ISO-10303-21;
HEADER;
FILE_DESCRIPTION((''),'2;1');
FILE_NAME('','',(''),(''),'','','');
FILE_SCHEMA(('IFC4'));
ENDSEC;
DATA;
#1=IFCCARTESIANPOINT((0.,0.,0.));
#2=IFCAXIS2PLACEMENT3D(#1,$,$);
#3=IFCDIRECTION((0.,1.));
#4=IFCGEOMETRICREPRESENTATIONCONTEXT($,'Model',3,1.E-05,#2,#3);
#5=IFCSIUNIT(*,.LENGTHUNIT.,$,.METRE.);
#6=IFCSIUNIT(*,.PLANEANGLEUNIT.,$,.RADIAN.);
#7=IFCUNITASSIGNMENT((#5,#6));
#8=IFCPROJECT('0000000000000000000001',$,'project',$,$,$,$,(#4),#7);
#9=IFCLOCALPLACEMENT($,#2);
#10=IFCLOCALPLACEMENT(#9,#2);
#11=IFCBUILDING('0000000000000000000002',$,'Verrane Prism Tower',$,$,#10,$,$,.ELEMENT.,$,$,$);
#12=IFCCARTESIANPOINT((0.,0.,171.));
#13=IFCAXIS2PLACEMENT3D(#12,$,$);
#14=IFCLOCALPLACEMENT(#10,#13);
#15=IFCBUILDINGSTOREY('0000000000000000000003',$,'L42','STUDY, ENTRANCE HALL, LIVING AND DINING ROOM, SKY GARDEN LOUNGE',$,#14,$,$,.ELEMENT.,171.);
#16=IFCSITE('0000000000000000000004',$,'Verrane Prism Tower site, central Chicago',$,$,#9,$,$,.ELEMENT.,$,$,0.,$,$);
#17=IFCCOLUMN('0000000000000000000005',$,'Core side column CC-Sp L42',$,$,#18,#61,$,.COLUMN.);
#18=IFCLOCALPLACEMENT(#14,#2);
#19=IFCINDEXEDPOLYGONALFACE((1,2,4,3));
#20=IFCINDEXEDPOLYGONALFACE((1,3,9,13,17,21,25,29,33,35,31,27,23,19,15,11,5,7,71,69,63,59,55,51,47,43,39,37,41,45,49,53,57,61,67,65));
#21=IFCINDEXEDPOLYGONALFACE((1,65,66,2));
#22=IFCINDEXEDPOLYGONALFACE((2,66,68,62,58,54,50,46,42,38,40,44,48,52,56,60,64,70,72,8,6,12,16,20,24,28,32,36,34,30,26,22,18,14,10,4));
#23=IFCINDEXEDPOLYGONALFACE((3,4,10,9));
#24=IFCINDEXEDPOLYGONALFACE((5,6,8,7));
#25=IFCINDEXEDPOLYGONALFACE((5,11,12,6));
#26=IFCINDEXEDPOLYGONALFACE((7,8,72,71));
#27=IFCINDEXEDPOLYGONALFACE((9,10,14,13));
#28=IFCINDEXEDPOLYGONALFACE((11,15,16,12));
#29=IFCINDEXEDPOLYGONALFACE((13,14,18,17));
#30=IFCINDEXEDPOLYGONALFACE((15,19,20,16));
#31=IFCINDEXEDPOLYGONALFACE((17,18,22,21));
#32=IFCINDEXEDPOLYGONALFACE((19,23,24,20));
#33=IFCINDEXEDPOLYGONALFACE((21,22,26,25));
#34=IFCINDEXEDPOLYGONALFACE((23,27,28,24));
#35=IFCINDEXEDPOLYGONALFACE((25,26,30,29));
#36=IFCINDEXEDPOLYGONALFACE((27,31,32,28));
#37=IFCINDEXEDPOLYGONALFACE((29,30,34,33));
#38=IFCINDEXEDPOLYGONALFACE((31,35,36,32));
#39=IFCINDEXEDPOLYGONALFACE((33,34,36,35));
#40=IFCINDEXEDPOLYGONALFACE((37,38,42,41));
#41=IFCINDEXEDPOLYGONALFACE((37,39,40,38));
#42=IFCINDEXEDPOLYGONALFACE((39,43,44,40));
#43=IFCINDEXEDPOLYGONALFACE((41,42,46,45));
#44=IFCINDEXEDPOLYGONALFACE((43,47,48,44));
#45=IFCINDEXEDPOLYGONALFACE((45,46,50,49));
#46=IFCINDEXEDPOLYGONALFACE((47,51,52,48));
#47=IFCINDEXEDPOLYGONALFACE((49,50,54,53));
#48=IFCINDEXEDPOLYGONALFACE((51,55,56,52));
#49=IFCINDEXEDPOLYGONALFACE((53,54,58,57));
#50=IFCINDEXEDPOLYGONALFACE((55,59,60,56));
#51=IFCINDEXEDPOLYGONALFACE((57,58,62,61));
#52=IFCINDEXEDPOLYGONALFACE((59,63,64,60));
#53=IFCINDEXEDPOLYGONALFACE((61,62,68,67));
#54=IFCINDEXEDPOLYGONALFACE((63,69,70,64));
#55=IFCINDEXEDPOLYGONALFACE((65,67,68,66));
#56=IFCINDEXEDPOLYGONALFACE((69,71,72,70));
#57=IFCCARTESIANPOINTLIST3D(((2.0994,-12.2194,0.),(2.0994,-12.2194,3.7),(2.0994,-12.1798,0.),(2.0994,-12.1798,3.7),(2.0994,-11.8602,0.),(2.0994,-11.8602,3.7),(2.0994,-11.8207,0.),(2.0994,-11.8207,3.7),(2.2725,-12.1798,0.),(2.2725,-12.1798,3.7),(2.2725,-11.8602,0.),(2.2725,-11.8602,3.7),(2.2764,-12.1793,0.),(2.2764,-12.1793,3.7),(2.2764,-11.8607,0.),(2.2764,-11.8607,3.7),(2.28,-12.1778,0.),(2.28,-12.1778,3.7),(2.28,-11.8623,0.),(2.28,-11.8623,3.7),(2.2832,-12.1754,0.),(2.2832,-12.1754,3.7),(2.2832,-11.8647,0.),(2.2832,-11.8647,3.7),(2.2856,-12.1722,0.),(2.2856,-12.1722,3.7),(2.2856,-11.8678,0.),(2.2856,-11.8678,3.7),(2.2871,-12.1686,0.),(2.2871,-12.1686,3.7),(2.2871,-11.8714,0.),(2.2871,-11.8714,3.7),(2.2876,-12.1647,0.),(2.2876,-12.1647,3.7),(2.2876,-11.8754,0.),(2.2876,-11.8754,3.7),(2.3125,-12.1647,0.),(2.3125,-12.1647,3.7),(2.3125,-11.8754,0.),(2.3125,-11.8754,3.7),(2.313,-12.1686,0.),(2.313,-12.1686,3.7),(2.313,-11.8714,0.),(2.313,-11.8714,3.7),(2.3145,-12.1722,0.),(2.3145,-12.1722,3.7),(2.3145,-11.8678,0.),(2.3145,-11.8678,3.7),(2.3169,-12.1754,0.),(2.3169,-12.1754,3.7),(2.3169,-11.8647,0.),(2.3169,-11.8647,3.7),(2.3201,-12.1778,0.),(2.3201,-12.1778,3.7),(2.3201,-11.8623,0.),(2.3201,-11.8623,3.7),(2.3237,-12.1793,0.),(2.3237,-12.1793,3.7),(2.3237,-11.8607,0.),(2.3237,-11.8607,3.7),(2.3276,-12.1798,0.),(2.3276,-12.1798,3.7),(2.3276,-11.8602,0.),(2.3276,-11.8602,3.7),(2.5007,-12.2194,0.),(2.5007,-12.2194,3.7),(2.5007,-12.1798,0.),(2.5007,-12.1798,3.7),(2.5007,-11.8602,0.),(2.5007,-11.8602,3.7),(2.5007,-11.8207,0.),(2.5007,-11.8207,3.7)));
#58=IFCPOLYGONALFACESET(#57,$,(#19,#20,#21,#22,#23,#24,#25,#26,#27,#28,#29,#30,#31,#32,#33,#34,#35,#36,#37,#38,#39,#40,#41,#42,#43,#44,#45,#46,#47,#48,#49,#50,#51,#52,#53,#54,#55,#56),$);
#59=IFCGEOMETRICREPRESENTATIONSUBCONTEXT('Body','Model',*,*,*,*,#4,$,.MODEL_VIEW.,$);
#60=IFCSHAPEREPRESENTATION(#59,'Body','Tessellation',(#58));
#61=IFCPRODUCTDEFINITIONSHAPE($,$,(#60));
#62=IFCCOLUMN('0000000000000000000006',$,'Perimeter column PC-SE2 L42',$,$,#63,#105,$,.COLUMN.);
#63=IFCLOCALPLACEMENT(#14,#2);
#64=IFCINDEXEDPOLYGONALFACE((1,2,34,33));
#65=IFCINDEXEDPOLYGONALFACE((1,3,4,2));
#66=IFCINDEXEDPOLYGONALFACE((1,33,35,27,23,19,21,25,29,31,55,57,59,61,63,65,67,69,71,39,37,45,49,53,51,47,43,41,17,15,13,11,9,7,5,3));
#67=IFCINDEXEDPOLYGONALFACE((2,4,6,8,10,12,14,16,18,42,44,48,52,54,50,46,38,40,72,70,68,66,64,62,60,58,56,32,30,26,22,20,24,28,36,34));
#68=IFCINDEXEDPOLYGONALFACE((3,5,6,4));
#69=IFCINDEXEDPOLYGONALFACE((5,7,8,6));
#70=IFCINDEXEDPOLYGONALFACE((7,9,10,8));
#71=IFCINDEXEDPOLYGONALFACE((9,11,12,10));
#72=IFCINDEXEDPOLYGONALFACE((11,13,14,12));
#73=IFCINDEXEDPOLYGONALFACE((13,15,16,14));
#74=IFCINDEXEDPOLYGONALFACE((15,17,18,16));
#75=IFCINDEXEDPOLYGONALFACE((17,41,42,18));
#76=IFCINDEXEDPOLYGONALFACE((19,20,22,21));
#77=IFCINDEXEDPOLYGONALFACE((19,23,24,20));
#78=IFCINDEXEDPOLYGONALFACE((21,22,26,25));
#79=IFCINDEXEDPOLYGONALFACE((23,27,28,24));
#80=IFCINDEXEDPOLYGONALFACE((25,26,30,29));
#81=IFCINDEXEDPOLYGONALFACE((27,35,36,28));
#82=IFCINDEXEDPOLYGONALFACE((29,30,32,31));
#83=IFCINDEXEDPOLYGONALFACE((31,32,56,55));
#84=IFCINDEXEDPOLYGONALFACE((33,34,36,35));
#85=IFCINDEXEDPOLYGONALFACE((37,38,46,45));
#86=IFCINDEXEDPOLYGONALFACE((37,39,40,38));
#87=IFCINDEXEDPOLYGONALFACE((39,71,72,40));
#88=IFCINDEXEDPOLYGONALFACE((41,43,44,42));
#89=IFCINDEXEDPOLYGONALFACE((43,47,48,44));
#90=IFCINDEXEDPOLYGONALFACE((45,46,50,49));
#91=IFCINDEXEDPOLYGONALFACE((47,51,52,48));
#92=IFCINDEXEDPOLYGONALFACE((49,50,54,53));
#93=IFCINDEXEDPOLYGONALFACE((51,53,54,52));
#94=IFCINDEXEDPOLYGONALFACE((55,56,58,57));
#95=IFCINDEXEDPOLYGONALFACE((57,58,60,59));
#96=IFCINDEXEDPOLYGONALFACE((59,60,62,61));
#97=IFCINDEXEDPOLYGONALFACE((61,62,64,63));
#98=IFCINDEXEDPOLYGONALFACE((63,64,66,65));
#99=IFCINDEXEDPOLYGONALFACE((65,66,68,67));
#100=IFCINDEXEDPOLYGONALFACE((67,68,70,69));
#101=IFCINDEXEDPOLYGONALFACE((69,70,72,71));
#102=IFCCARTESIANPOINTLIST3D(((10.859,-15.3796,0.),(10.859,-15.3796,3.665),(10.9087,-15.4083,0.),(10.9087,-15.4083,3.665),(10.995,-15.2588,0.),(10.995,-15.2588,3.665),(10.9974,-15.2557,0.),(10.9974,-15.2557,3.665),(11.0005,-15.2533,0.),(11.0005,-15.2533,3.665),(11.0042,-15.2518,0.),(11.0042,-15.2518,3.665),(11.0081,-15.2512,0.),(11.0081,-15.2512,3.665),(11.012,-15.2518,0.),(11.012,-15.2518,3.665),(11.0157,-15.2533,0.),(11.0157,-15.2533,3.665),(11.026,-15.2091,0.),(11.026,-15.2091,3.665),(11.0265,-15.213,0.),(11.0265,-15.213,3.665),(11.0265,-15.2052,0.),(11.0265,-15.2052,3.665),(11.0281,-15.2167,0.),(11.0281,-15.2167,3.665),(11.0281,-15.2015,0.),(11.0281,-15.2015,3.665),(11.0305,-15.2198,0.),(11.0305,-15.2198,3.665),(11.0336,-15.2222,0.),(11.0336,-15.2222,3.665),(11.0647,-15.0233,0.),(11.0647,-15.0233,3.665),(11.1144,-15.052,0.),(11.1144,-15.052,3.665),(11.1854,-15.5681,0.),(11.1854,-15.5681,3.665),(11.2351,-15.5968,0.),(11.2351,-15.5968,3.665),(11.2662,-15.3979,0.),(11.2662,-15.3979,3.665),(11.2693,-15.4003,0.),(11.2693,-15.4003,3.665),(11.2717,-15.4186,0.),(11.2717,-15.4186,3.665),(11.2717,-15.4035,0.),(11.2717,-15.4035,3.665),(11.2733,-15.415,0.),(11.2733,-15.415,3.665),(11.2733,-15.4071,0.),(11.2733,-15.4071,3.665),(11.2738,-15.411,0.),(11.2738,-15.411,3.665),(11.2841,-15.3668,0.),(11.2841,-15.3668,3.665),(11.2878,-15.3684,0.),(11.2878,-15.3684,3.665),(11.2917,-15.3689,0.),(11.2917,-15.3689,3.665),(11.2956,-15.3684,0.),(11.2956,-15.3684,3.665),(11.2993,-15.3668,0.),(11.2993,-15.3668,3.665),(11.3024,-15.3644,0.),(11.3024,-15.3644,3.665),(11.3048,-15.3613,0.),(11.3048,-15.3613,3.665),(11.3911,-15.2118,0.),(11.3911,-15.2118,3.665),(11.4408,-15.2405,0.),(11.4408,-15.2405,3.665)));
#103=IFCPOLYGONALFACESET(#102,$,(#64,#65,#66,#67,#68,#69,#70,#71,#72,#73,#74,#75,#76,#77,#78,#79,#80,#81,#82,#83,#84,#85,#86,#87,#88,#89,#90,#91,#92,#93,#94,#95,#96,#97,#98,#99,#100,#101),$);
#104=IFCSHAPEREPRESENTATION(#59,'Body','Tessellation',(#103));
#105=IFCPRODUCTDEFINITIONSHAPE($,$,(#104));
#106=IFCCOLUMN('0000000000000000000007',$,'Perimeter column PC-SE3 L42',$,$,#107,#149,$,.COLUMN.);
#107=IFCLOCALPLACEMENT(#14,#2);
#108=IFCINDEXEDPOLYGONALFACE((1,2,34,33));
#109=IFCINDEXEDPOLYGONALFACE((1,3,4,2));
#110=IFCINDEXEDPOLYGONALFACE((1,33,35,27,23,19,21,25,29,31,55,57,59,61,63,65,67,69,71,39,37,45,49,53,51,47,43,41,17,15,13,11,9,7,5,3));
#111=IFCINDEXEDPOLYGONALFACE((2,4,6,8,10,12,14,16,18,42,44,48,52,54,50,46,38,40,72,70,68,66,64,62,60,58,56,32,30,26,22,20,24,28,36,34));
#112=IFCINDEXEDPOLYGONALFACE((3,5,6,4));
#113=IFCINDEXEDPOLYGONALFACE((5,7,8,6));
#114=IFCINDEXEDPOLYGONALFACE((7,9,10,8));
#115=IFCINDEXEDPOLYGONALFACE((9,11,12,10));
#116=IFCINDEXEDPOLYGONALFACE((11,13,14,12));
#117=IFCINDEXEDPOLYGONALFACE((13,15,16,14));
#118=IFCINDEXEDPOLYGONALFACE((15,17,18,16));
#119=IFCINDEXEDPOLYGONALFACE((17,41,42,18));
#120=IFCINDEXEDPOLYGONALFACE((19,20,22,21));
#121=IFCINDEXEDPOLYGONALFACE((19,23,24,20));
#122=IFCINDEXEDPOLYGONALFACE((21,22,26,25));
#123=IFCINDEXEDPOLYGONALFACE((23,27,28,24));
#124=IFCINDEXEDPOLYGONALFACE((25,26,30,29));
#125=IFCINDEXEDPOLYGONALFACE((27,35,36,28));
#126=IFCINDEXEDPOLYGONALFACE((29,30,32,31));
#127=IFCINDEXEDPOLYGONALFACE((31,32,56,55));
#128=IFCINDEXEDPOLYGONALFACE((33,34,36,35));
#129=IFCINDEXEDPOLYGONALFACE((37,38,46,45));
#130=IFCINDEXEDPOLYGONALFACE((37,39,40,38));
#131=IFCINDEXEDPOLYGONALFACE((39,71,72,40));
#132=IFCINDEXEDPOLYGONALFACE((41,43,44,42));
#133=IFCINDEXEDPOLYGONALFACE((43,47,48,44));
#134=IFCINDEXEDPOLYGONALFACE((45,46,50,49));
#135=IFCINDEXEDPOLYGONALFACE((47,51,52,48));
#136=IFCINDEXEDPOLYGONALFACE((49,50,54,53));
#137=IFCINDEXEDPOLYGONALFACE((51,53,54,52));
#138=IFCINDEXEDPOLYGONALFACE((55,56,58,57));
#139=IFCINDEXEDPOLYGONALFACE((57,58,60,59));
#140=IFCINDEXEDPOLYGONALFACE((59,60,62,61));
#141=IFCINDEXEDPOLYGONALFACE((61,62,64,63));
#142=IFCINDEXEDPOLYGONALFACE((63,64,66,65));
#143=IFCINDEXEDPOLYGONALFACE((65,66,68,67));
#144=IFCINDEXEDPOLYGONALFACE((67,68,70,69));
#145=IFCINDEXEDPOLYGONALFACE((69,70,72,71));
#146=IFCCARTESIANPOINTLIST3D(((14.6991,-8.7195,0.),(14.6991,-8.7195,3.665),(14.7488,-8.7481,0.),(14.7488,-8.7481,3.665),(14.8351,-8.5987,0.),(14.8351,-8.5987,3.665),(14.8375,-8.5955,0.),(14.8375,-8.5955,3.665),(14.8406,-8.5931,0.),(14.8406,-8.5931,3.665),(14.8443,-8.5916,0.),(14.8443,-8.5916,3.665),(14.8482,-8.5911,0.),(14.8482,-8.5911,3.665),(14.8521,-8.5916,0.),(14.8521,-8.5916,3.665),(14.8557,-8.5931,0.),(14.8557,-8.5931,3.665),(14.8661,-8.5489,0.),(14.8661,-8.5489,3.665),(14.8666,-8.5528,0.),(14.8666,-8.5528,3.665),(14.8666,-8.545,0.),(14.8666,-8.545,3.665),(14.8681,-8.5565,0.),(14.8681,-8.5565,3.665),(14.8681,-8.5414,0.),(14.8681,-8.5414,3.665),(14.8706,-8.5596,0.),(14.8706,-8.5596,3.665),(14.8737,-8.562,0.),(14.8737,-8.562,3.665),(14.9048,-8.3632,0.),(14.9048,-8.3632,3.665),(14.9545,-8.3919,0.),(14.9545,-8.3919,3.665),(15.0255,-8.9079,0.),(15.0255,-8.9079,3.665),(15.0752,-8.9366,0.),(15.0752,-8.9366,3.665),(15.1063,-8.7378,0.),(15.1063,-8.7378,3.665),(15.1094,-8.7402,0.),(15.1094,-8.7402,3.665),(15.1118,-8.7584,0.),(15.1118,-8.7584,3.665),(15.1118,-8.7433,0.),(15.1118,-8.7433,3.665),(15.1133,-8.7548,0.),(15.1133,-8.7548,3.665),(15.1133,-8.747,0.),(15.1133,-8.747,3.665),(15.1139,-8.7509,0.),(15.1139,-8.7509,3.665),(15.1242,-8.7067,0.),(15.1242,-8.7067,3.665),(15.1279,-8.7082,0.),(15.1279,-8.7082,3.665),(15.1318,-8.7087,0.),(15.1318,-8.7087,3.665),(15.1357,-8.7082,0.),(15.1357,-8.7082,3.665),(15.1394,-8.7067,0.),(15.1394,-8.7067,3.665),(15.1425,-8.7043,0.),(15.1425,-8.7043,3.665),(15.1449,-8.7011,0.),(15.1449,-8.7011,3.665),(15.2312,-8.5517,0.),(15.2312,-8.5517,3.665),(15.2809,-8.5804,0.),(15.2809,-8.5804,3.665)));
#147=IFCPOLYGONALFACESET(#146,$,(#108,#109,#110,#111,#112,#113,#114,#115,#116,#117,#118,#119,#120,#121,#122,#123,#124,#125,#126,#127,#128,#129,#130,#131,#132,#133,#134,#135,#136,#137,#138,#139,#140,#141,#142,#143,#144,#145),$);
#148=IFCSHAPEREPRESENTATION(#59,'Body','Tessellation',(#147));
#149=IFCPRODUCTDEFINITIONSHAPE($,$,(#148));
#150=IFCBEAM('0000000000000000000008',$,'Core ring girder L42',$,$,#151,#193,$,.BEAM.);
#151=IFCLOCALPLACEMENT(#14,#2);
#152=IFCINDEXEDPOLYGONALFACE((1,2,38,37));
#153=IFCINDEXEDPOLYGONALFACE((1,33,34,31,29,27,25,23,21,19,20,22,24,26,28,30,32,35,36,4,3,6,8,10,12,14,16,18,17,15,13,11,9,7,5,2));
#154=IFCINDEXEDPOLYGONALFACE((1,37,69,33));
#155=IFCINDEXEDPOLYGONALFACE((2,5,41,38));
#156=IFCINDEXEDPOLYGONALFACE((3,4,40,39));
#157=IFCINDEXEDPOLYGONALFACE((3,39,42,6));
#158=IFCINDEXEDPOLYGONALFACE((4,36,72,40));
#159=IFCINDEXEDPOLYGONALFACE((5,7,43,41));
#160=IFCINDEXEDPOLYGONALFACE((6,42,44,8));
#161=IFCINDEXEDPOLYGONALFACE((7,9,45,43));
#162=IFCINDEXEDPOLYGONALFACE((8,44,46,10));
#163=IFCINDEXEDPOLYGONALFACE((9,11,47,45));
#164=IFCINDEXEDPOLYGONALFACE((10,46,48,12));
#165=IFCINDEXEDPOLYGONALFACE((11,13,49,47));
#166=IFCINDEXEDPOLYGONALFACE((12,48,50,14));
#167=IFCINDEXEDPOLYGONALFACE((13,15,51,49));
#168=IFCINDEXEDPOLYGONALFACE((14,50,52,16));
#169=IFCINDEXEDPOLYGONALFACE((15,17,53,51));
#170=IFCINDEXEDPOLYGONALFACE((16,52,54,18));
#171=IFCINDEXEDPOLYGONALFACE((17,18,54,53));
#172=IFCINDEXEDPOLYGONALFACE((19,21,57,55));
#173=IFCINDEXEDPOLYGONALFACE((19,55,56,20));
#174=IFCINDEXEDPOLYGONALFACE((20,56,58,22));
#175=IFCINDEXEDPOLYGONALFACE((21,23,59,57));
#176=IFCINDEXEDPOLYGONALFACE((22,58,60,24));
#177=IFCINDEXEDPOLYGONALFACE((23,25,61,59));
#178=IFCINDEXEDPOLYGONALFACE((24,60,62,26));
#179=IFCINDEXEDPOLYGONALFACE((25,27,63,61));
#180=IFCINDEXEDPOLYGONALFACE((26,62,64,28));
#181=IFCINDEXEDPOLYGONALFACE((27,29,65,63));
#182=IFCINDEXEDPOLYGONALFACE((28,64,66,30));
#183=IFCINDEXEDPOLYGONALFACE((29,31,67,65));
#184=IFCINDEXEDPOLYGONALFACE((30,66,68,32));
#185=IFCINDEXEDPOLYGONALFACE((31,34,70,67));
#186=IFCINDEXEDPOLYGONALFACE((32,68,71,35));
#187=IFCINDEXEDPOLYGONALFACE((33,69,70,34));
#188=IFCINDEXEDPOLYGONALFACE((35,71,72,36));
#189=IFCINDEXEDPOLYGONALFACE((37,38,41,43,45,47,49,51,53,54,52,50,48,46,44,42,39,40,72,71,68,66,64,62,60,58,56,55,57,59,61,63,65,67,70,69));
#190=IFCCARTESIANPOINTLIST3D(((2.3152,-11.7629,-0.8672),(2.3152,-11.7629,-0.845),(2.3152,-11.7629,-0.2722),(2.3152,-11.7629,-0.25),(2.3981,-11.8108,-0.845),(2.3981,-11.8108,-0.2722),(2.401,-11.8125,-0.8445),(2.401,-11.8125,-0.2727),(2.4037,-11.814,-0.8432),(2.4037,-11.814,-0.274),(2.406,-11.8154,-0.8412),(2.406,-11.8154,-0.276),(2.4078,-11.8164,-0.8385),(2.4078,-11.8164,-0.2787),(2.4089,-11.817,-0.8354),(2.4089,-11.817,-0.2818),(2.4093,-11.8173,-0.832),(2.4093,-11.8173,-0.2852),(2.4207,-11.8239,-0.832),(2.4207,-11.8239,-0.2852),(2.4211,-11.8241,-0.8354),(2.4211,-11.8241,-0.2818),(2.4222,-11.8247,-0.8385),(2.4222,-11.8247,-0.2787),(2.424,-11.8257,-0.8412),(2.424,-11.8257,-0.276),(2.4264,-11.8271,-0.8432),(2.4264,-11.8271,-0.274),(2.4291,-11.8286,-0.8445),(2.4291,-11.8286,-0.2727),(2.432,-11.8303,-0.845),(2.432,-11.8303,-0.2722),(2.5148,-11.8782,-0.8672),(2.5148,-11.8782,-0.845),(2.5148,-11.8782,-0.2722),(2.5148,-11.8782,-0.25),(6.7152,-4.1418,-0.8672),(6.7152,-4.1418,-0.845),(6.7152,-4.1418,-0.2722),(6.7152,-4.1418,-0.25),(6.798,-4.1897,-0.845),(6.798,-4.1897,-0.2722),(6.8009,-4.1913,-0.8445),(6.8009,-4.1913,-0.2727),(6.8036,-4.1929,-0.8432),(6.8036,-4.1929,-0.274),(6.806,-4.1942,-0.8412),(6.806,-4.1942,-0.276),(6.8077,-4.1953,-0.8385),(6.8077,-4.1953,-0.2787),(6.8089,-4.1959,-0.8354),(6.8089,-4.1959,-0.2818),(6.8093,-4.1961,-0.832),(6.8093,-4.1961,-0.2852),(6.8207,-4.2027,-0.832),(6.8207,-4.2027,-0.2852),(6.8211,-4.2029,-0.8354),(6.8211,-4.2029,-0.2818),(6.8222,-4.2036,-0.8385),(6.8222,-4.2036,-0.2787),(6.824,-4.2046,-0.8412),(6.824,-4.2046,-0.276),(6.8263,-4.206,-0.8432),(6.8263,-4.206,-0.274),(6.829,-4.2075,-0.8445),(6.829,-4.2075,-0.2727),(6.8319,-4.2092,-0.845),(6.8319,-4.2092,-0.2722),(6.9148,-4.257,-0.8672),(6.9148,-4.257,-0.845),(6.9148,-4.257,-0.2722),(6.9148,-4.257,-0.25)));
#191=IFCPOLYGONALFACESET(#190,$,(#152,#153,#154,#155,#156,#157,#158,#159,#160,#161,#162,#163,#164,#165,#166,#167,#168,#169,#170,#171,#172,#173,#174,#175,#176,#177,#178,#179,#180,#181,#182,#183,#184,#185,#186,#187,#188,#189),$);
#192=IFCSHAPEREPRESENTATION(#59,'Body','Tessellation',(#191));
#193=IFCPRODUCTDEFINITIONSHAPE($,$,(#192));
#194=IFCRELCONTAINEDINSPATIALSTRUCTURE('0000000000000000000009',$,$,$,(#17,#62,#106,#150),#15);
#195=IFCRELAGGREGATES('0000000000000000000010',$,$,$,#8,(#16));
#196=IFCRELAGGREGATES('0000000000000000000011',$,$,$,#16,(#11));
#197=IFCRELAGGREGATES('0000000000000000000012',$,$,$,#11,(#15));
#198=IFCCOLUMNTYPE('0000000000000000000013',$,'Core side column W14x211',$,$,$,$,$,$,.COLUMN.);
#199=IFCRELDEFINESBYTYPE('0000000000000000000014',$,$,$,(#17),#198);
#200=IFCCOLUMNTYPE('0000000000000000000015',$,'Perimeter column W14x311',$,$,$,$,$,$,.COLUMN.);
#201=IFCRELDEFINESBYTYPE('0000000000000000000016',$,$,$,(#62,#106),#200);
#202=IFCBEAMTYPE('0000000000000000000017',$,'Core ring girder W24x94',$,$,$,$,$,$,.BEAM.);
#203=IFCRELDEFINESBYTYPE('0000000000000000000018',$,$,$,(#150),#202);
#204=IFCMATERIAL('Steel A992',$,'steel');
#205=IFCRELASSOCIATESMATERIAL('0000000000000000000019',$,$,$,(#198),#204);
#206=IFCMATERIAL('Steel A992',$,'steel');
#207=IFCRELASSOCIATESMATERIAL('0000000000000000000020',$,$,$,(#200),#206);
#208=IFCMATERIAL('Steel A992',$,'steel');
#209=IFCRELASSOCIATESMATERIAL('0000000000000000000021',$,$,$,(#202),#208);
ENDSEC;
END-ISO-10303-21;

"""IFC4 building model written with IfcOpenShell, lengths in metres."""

from ifc_helpers import new_model, si_unit, direction, frame, origin, origin_2d, place, context, subcontext, project, spatial, i_section, extrude, material, material_profile, profile_set, type_object, element, save


model = new_model("IFC4")

# Units and contexts
model_context = context("Model", 3, precision=1e-05, world=origin(), true_north=direction((0.0, 1.0)))
body_context = subcontext(model_context, "Body", "Model", "MODEL_VIEW")
ifc_project = project(units=[si_unit("LENGTHUNIT", "METRE"), si_unit("PLANEANGLEUNIT", "RADIAN")], contexts=[model_context])

# Site, building, storey
site_placement = place(None, origin())
site = spatial("IfcSite", under=ifc_project, at=site_placement, Name="Verrane Prism Tower site, central Chicago", CompositionType="ELEMENT", RefElevation=0.0)
building_placement = place(site_placement, origin())
building = spatial("IfcBuilding", under=site, at=building_placement, Name="Verrane Prism Tower", CompositionType="ELEMENT")
storey_placement = place(building_placement, frame((0.0, 0.0, 171.0)))
storey = spatial("IfcBuildingStorey", under=building, at=storey_placement, Name="L42", Description="STUDY, ENTRANCE HALL, LIVING AND DINING ROOM, SKY GARDEN LOUNGE", CompositionType="ELEMENT", Elevation=171.0)

# Columns
ifc_material_1 = material(Name="Steel A992", Category="steel")
ifc_material_profile_1 = material_profile(ifc_material_1, i_section(OverallWidth=0.4014, OverallDepth=0.3987, WebThickness=0.0249, FlangeThickness=0.0396, FilletRadius=0.0151, at=origin_2d()), Name="W14x211")
ifc_profile_set_1 = profile_set([ifc_material_profile_1], Name="Steel A992")
column_type_1 = type_object("IfcColumnType", Name="Core side column W14x211", PredefinedType="COLUMN", material=ifc_profile_set_1)
column_placement = place(storey_placement, frame((2.3, -12.02, 0.0), z_axis=(0.0, 0.0, 1.0), x_axis=(1.0, 0.0, 0.0)))
element("IfcColumn", 1, at=column_placement, inside=storey, type_object=column_type_1, Name="Core side column CC-Sp L42", PredefinedType="COLUMN", context=body_context, shape_type="SweptSolid", body=[
    extrude(i_section(OverallWidth=0.4014, OverallDepth=0.3987, WebThickness=0.0249, FlangeThickness=0.0396, FilletRadius=0.0151, at=origin_2d()), origin(), (0.0, 0.0, 1.0), 3.7),
])
ifc_material_2 = material(Name="Steel A992", Category="steel")
ifc_material_profile_2 = material_profile(ifc_material_2, i_section(OverallWidth=0.4114, OverallDepth=0.4343, WebThickness=0.0359, FlangeThickness=0.0574, FilletRadius=0.0151, at=origin_2d()), Name="W14x311")
ifc_profile_set_2 = profile_set([ifc_material_profile_2], Name="Steel A992")
column_type_2 = type_object("IfcColumnType", Name="Perimeter column W14x311", PredefinedType="COLUMN", material=ifc_profile_set_2)
for number, where, z_axis, x_axis, name in (
    (2, (11.1499, -15.3101, 0.0), (0.0, 0.0, 1.0), (-0.5, -0.866025, 0.0), "Perimeter column PC-SE2 L42"),
    (3, (14.99, -8.6499, 0.0), (0.0, 0.0, 1.0), (-0.5, -0.866025, 0.0), "Perimeter column PC-SE3 L42"),
):
    element("IfcColumn", number, at=place(storey_placement, frame(where, z_axis=z_axis, x_axis=x_axis)), inside=storey, type_object=column_type_2, Name=name, PredefinedType="COLUMN", context=body_context, shape_type="SweptSolid", body=[
        extrude(i_section(OverallWidth=0.4114, OverallDepth=0.4343, WebThickness=0.0359, FlangeThickness=0.0574, FilletRadius=0.0151, at=origin_2d()), origin(), (0.0, 0.0, 1.0), 3.665),
    ])

# Beam
ifc_material_3 = material(Name="Steel A992", Category="steel")
ifc_material_profile_3 = material_profile(ifc_material_3, i_section(OverallWidth=0.2305, OverallDepth=0.6172, WebThickness=0.0132, FlangeThickness=0.0222, FilletRadius=0.0129, at=origin_2d()), Name="W24x94")
ifc_profile_set_3 = profile_set([ifc_material_profile_3], Name="Steel A992")
beam_type_1 = type_object("IfcBeamType", Name="Core ring girder W24x94", PredefinedType="BEAM", material=ifc_profile_set_3)
beam_1_placement = place(storey_placement, frame((2.415, -11.8206, -0.5586), z_axis=(0.499988, 0.866032, 0.0), x_axis=(-0.866032, 0.499988, 0.0)))
element("IfcBeam", 4, at=beam_1_placement, inside=storey, type_object=beam_type_1, Name="Core ring girder L42", PredefinedType="BEAM", context=body_context, shape_type="SweptSolid", body=[
    extrude(i_section(OverallWidth=0.2305, OverallDepth=0.6172, WebThickness=0.0132, FlangeThickness=0.0222, FilletRadius=0.0129, at=origin_2d()), origin(), (0.0, 0.0, 1.0), 8.8),
])

save(model, "model.ifc")
